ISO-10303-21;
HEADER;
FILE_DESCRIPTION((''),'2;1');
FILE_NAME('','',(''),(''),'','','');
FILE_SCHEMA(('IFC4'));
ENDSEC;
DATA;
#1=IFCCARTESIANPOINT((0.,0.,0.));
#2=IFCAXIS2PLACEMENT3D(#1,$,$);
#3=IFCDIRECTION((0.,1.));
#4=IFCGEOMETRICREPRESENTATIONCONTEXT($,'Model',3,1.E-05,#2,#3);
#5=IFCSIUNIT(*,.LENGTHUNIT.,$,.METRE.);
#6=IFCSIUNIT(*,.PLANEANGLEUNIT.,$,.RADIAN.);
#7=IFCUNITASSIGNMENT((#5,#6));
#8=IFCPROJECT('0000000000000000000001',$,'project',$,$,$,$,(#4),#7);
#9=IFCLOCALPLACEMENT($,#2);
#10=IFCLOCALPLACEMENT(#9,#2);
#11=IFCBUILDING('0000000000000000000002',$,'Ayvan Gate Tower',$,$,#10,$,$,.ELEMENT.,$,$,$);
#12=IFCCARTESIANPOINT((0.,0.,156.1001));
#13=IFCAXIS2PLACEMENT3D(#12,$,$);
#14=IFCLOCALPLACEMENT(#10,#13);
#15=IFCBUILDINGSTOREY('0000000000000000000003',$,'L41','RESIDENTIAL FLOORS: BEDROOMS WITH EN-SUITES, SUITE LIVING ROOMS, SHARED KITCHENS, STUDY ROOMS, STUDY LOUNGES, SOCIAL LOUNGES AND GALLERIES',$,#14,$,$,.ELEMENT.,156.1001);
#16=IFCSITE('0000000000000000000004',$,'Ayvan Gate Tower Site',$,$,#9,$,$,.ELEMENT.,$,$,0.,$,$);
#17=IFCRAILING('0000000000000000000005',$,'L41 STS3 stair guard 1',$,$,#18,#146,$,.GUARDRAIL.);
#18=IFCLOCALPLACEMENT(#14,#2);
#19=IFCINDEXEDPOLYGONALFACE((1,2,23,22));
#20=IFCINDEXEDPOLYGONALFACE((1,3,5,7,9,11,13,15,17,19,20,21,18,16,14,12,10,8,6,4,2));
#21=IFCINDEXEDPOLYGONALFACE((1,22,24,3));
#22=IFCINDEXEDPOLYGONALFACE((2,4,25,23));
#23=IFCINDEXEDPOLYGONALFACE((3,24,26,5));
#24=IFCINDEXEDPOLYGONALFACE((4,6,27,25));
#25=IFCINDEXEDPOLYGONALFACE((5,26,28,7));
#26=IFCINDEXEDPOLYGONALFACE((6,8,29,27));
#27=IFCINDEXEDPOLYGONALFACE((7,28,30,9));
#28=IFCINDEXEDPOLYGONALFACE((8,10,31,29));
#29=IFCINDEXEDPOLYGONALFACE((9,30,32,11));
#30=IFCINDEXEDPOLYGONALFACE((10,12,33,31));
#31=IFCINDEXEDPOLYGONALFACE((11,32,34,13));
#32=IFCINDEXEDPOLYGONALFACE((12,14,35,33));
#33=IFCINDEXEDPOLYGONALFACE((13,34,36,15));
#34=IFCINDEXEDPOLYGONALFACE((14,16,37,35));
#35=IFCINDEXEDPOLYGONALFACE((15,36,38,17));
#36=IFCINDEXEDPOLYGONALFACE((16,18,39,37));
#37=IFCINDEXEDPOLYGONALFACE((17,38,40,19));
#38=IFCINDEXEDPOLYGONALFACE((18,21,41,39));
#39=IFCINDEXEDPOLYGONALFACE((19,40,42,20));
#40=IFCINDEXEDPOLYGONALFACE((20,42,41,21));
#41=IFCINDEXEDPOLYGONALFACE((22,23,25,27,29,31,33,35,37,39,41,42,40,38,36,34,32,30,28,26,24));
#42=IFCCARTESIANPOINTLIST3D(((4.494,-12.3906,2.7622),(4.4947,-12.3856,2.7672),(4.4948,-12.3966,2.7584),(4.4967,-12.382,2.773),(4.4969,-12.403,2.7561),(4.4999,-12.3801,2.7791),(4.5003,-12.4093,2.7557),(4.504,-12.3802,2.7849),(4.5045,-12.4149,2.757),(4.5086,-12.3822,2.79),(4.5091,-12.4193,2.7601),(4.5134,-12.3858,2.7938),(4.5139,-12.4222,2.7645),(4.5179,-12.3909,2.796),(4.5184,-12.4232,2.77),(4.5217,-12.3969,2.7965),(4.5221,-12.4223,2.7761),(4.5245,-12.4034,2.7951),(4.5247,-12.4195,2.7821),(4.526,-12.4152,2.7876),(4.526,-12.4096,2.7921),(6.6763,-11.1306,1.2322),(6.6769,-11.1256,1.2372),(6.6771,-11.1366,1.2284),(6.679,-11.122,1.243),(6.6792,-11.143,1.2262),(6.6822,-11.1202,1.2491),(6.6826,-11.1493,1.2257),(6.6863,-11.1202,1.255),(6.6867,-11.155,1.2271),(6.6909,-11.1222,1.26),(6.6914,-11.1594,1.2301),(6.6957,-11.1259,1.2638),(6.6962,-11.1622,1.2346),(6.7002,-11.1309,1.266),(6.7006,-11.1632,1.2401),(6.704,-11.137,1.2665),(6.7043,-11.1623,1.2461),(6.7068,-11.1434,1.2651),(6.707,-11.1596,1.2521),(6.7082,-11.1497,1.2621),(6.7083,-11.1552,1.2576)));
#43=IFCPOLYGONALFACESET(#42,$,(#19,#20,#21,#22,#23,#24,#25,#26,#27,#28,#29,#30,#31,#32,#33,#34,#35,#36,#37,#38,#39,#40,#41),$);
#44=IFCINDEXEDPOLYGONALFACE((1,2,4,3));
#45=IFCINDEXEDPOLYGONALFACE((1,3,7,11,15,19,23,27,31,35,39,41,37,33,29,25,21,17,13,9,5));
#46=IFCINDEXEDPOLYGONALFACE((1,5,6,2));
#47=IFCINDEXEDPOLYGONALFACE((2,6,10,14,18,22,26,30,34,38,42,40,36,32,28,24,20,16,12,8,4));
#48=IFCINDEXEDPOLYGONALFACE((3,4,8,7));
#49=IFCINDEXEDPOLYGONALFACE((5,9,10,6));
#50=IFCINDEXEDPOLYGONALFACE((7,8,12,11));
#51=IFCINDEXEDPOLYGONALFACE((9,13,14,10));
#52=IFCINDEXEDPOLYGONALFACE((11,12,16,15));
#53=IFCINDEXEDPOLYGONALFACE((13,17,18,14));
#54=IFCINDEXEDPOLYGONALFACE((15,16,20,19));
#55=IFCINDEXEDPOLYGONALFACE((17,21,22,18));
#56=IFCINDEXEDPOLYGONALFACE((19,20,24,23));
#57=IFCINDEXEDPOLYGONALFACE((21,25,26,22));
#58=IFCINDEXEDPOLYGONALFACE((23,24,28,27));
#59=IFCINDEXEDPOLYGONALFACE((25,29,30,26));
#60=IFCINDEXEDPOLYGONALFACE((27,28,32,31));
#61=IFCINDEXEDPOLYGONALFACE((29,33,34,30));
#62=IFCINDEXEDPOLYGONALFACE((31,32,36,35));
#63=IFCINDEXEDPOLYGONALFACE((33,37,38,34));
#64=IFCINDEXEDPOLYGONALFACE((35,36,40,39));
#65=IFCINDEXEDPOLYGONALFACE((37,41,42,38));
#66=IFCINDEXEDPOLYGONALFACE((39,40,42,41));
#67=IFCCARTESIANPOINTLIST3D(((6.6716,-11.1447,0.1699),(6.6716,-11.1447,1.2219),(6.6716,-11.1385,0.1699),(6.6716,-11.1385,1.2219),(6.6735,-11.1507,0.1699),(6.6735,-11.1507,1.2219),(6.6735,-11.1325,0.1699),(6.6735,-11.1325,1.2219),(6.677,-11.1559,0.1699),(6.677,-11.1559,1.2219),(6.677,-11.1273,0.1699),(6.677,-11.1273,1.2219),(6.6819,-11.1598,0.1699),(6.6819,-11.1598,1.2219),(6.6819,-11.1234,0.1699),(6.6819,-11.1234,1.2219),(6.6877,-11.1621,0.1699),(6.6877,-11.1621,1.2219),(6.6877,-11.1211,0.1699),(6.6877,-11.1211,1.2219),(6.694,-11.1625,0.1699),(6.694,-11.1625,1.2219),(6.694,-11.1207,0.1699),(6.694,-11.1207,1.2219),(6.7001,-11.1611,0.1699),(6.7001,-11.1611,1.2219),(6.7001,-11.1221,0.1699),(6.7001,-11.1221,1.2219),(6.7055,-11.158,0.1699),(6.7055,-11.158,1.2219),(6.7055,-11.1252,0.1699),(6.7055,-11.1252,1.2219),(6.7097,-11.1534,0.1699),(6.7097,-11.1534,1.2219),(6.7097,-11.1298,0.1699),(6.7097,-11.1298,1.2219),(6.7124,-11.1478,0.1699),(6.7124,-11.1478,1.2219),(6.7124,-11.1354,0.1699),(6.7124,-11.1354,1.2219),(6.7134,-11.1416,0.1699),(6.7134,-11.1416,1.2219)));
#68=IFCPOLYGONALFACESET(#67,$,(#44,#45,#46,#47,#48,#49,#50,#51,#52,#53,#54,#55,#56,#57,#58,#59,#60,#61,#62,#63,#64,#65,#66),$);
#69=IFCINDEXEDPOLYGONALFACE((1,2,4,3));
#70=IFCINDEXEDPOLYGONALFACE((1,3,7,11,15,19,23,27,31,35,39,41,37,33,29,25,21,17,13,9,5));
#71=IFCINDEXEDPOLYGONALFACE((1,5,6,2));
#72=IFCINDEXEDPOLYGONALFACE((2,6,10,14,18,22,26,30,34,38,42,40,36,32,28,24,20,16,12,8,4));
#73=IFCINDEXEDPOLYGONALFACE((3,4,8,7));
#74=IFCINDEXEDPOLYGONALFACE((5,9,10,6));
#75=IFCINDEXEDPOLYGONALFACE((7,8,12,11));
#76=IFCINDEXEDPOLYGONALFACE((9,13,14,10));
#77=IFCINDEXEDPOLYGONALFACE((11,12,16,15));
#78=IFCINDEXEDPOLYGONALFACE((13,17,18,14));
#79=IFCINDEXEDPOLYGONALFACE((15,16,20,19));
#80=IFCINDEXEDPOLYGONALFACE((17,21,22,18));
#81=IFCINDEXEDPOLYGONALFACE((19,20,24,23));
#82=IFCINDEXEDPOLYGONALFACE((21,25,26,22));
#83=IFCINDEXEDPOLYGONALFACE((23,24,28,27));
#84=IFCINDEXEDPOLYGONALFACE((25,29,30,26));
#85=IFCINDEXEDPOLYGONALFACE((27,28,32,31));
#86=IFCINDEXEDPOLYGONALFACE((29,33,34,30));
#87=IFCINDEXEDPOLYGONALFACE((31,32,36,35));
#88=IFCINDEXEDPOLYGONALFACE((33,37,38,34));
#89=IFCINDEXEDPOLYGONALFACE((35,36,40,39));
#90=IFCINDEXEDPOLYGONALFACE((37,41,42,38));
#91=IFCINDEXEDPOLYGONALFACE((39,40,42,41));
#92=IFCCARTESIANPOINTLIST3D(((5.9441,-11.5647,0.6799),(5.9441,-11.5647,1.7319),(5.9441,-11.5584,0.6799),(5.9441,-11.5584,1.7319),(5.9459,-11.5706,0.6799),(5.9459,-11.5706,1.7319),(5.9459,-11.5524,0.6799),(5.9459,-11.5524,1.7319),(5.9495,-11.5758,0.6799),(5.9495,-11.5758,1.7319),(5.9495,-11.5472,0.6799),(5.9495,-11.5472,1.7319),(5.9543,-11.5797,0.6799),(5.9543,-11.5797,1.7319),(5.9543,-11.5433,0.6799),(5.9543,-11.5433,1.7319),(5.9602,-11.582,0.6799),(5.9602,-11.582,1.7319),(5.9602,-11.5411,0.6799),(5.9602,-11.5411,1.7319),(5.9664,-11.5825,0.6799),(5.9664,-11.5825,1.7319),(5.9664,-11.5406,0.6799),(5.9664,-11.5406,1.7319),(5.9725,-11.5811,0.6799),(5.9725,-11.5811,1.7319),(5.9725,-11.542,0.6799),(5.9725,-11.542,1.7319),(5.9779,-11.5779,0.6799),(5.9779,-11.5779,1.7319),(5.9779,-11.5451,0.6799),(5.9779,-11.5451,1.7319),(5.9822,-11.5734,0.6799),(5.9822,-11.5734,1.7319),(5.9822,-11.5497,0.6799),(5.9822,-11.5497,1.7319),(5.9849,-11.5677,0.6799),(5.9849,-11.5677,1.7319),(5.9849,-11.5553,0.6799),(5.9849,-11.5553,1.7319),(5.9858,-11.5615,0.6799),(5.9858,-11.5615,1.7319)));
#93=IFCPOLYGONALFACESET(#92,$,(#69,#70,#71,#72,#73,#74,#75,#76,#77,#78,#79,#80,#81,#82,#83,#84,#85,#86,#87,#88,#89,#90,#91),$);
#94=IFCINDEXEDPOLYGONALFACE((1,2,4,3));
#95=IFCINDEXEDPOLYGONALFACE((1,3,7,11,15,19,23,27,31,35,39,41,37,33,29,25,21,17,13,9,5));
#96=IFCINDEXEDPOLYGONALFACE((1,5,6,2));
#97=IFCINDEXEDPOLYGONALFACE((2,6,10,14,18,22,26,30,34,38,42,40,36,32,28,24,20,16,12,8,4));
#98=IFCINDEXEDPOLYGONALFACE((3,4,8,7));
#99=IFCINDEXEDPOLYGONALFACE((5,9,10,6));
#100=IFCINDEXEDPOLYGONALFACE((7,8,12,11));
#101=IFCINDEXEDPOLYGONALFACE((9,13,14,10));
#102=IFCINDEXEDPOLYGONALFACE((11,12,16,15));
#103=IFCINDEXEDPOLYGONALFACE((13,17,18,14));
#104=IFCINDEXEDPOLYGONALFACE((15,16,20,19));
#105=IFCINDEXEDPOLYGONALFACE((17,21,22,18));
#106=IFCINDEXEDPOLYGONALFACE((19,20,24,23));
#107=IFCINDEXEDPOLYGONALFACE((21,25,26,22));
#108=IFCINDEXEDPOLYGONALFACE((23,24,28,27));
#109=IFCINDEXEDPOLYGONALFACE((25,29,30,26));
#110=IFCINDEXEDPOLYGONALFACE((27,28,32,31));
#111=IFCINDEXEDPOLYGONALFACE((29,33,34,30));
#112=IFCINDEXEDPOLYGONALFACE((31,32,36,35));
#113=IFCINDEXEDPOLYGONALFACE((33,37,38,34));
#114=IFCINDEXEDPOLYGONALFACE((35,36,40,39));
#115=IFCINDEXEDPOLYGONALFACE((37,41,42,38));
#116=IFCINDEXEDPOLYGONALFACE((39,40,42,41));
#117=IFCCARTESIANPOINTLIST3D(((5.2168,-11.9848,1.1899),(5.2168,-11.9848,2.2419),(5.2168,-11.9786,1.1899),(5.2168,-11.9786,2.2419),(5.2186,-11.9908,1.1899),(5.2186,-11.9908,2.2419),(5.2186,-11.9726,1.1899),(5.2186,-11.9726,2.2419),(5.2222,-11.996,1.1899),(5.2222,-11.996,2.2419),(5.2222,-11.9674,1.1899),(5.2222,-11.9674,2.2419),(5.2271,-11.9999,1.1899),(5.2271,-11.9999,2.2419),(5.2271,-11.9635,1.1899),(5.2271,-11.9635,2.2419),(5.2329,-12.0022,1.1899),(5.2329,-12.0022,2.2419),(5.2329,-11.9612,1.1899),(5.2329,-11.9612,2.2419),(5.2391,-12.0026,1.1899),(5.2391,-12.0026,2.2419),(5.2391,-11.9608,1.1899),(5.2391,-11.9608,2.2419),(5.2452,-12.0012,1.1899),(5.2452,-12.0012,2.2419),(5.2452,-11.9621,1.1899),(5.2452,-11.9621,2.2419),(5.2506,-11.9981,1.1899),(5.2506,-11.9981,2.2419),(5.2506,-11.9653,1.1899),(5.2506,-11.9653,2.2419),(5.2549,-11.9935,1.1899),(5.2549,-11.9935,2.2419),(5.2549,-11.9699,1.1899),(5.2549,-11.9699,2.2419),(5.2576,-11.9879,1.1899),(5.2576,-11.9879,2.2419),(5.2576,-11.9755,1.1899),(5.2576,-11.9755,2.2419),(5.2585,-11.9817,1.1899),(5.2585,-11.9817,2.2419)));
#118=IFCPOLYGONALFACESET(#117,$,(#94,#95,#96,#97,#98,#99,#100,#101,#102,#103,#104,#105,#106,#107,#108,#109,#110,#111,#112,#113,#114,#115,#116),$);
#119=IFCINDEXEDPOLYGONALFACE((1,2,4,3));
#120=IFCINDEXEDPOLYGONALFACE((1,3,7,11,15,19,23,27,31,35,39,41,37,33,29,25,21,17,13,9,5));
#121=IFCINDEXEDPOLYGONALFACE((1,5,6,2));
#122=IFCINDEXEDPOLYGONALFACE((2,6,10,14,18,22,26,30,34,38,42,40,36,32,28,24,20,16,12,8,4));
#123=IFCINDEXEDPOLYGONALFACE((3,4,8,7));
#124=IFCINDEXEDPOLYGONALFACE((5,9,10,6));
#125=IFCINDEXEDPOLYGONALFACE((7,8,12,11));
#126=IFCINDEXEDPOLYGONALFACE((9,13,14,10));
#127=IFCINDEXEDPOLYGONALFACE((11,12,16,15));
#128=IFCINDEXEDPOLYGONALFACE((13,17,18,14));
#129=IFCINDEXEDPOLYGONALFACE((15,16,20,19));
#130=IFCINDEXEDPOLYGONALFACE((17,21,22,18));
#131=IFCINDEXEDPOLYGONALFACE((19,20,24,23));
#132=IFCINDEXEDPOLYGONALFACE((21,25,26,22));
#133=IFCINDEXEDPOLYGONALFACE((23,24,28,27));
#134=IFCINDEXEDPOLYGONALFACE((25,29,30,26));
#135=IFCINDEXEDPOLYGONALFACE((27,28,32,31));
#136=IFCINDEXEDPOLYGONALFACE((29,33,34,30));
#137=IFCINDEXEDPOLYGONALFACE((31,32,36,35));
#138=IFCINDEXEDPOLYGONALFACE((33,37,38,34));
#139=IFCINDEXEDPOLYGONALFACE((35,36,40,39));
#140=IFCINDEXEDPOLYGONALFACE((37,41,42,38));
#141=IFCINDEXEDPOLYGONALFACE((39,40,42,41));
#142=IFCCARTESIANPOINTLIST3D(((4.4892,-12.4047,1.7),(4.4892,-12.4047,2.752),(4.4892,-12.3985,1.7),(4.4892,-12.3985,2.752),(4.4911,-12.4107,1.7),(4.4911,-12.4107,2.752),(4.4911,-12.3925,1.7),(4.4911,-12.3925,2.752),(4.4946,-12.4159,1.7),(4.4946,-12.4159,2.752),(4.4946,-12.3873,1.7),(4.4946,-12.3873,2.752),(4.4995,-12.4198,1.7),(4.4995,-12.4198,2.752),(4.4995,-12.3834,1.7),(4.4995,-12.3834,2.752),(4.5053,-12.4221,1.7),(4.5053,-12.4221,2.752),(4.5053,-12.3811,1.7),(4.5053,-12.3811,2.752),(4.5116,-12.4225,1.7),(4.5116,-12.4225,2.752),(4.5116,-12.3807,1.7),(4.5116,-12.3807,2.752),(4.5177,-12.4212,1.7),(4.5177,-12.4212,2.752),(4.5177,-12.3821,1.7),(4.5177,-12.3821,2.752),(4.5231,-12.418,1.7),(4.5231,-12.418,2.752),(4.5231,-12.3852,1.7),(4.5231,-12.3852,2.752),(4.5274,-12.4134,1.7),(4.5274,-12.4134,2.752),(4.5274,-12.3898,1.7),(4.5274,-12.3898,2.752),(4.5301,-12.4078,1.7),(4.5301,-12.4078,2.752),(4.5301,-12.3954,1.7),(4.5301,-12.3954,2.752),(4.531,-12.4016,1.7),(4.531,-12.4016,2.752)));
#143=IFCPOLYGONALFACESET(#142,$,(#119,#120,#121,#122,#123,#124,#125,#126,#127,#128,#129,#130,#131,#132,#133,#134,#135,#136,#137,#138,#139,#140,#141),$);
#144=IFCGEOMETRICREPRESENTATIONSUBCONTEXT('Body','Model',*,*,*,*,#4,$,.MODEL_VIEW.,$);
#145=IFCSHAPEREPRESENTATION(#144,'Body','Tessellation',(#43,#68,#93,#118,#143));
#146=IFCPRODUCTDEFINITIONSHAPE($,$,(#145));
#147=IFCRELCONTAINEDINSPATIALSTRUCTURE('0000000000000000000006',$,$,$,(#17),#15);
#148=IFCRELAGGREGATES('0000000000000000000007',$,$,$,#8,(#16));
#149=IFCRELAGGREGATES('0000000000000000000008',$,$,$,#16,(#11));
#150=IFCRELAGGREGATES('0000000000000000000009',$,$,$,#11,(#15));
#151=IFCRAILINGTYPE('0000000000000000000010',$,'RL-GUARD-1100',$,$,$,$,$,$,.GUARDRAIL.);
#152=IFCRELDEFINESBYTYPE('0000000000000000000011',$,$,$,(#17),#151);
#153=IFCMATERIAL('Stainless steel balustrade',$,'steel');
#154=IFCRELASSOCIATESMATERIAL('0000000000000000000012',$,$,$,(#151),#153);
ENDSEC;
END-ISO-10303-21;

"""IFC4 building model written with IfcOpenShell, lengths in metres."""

from ifc_helpers import new_model, si_unit, direction, frame, origin, origin_2d, place, context, subcontext, project, spatial, circle, extrude, material, type_object, element, save


model = new_model("IFC4")

# Units and contexts
model_context = context("Model", 3, precision=1e-05, world=origin(), true_north=direction((0.0, 1.0)))
body_context = subcontext(model_context, "Body", "Model", "MODEL_VIEW")
ifc_project = project(units=[si_unit("LENGTHUNIT", "METRE"), si_unit("PLANEANGLEUNIT", "RADIAN")], contexts=[model_context])

# Site, building, storey
site_placement = place(None, origin())
site = spatial("IfcSite", under=ifc_project, at=site_placement, Name="Ayvan Gate Tower Site", CompositionType="ELEMENT", RefElevation=0.0)
building_placement = place(site_placement, origin())
building = spatial("IfcBuilding", under=site, at=building_placement, Name="Ayvan Gate Tower", CompositionType="ELEMENT")
storey_placement = place(building_placement, frame((0.0, 0.0, 156.1001)))
storey = spatial("IfcBuildingStorey", under=building, at=storey_placement, Name="L41", Description="RESIDENTIAL FLOORS: BEDROOMS WITH EN-SUITES, SUITE LIVING ROOMS, SHARED KITCHENS, STUDY ROOMS, STUDY LOUNGES, SOCIAL LOUNGES AND GALLERIES", CompositionType="ELEMENT", Elevation=156.1001)

# Railing
ifc_material_1 = material(Name="Stainless steel balustrade", Category="steel")
railing_type_1 = type_object("IfcRailingType", Name="RL-GUARD-1100", PredefinedType="GUARDRAIL", material=ifc_material_1)
railing_1_placement = place(storey_placement, frame((6.6924, -11.1416, 0.1699)))
element("IfcRailing", 1, at=railing_1_placement, inside=storey, type_object=railing_type_1, Name="L41 STS3 stair guard 1", PredefinedType="GUARDRAIL", context=body_context, shape_type="SweptSolid", body=[
    extrude(circle(Radius=0.0239, at=origin_2d()), frame((0.0, 0.0, 1.0762), z_axis=(-0.740261, -0.427395, 0.518986), x_axis=(0.500005, -0.866023, 0.0)), (0.0, 0.0, 1.0), 2.948),
    extrude(circle(Radius=0.021, at=origin_2d()), origin(), (0.0, 0.0, 1.0), 1.052),
    extrude(circle(Radius=0.021, at=origin_2d()), frame((-0.7275, -0.4199, 0.51)), (0.0, 0.0, 1.0), 1.052),
    extrude(circle(Radius=0.021, at=origin_2d()), frame((-1.4548, -0.8401, 1.02)), (0.0, 0.0, 1.0), 1.052),
    extrude(circle(Radius=0.021, at=origin_2d()), frame((-2.1824, -1.26, 1.53)), (0.0, 0.0, 1.0), 1.052),
])

save(model, "model.ifc")
